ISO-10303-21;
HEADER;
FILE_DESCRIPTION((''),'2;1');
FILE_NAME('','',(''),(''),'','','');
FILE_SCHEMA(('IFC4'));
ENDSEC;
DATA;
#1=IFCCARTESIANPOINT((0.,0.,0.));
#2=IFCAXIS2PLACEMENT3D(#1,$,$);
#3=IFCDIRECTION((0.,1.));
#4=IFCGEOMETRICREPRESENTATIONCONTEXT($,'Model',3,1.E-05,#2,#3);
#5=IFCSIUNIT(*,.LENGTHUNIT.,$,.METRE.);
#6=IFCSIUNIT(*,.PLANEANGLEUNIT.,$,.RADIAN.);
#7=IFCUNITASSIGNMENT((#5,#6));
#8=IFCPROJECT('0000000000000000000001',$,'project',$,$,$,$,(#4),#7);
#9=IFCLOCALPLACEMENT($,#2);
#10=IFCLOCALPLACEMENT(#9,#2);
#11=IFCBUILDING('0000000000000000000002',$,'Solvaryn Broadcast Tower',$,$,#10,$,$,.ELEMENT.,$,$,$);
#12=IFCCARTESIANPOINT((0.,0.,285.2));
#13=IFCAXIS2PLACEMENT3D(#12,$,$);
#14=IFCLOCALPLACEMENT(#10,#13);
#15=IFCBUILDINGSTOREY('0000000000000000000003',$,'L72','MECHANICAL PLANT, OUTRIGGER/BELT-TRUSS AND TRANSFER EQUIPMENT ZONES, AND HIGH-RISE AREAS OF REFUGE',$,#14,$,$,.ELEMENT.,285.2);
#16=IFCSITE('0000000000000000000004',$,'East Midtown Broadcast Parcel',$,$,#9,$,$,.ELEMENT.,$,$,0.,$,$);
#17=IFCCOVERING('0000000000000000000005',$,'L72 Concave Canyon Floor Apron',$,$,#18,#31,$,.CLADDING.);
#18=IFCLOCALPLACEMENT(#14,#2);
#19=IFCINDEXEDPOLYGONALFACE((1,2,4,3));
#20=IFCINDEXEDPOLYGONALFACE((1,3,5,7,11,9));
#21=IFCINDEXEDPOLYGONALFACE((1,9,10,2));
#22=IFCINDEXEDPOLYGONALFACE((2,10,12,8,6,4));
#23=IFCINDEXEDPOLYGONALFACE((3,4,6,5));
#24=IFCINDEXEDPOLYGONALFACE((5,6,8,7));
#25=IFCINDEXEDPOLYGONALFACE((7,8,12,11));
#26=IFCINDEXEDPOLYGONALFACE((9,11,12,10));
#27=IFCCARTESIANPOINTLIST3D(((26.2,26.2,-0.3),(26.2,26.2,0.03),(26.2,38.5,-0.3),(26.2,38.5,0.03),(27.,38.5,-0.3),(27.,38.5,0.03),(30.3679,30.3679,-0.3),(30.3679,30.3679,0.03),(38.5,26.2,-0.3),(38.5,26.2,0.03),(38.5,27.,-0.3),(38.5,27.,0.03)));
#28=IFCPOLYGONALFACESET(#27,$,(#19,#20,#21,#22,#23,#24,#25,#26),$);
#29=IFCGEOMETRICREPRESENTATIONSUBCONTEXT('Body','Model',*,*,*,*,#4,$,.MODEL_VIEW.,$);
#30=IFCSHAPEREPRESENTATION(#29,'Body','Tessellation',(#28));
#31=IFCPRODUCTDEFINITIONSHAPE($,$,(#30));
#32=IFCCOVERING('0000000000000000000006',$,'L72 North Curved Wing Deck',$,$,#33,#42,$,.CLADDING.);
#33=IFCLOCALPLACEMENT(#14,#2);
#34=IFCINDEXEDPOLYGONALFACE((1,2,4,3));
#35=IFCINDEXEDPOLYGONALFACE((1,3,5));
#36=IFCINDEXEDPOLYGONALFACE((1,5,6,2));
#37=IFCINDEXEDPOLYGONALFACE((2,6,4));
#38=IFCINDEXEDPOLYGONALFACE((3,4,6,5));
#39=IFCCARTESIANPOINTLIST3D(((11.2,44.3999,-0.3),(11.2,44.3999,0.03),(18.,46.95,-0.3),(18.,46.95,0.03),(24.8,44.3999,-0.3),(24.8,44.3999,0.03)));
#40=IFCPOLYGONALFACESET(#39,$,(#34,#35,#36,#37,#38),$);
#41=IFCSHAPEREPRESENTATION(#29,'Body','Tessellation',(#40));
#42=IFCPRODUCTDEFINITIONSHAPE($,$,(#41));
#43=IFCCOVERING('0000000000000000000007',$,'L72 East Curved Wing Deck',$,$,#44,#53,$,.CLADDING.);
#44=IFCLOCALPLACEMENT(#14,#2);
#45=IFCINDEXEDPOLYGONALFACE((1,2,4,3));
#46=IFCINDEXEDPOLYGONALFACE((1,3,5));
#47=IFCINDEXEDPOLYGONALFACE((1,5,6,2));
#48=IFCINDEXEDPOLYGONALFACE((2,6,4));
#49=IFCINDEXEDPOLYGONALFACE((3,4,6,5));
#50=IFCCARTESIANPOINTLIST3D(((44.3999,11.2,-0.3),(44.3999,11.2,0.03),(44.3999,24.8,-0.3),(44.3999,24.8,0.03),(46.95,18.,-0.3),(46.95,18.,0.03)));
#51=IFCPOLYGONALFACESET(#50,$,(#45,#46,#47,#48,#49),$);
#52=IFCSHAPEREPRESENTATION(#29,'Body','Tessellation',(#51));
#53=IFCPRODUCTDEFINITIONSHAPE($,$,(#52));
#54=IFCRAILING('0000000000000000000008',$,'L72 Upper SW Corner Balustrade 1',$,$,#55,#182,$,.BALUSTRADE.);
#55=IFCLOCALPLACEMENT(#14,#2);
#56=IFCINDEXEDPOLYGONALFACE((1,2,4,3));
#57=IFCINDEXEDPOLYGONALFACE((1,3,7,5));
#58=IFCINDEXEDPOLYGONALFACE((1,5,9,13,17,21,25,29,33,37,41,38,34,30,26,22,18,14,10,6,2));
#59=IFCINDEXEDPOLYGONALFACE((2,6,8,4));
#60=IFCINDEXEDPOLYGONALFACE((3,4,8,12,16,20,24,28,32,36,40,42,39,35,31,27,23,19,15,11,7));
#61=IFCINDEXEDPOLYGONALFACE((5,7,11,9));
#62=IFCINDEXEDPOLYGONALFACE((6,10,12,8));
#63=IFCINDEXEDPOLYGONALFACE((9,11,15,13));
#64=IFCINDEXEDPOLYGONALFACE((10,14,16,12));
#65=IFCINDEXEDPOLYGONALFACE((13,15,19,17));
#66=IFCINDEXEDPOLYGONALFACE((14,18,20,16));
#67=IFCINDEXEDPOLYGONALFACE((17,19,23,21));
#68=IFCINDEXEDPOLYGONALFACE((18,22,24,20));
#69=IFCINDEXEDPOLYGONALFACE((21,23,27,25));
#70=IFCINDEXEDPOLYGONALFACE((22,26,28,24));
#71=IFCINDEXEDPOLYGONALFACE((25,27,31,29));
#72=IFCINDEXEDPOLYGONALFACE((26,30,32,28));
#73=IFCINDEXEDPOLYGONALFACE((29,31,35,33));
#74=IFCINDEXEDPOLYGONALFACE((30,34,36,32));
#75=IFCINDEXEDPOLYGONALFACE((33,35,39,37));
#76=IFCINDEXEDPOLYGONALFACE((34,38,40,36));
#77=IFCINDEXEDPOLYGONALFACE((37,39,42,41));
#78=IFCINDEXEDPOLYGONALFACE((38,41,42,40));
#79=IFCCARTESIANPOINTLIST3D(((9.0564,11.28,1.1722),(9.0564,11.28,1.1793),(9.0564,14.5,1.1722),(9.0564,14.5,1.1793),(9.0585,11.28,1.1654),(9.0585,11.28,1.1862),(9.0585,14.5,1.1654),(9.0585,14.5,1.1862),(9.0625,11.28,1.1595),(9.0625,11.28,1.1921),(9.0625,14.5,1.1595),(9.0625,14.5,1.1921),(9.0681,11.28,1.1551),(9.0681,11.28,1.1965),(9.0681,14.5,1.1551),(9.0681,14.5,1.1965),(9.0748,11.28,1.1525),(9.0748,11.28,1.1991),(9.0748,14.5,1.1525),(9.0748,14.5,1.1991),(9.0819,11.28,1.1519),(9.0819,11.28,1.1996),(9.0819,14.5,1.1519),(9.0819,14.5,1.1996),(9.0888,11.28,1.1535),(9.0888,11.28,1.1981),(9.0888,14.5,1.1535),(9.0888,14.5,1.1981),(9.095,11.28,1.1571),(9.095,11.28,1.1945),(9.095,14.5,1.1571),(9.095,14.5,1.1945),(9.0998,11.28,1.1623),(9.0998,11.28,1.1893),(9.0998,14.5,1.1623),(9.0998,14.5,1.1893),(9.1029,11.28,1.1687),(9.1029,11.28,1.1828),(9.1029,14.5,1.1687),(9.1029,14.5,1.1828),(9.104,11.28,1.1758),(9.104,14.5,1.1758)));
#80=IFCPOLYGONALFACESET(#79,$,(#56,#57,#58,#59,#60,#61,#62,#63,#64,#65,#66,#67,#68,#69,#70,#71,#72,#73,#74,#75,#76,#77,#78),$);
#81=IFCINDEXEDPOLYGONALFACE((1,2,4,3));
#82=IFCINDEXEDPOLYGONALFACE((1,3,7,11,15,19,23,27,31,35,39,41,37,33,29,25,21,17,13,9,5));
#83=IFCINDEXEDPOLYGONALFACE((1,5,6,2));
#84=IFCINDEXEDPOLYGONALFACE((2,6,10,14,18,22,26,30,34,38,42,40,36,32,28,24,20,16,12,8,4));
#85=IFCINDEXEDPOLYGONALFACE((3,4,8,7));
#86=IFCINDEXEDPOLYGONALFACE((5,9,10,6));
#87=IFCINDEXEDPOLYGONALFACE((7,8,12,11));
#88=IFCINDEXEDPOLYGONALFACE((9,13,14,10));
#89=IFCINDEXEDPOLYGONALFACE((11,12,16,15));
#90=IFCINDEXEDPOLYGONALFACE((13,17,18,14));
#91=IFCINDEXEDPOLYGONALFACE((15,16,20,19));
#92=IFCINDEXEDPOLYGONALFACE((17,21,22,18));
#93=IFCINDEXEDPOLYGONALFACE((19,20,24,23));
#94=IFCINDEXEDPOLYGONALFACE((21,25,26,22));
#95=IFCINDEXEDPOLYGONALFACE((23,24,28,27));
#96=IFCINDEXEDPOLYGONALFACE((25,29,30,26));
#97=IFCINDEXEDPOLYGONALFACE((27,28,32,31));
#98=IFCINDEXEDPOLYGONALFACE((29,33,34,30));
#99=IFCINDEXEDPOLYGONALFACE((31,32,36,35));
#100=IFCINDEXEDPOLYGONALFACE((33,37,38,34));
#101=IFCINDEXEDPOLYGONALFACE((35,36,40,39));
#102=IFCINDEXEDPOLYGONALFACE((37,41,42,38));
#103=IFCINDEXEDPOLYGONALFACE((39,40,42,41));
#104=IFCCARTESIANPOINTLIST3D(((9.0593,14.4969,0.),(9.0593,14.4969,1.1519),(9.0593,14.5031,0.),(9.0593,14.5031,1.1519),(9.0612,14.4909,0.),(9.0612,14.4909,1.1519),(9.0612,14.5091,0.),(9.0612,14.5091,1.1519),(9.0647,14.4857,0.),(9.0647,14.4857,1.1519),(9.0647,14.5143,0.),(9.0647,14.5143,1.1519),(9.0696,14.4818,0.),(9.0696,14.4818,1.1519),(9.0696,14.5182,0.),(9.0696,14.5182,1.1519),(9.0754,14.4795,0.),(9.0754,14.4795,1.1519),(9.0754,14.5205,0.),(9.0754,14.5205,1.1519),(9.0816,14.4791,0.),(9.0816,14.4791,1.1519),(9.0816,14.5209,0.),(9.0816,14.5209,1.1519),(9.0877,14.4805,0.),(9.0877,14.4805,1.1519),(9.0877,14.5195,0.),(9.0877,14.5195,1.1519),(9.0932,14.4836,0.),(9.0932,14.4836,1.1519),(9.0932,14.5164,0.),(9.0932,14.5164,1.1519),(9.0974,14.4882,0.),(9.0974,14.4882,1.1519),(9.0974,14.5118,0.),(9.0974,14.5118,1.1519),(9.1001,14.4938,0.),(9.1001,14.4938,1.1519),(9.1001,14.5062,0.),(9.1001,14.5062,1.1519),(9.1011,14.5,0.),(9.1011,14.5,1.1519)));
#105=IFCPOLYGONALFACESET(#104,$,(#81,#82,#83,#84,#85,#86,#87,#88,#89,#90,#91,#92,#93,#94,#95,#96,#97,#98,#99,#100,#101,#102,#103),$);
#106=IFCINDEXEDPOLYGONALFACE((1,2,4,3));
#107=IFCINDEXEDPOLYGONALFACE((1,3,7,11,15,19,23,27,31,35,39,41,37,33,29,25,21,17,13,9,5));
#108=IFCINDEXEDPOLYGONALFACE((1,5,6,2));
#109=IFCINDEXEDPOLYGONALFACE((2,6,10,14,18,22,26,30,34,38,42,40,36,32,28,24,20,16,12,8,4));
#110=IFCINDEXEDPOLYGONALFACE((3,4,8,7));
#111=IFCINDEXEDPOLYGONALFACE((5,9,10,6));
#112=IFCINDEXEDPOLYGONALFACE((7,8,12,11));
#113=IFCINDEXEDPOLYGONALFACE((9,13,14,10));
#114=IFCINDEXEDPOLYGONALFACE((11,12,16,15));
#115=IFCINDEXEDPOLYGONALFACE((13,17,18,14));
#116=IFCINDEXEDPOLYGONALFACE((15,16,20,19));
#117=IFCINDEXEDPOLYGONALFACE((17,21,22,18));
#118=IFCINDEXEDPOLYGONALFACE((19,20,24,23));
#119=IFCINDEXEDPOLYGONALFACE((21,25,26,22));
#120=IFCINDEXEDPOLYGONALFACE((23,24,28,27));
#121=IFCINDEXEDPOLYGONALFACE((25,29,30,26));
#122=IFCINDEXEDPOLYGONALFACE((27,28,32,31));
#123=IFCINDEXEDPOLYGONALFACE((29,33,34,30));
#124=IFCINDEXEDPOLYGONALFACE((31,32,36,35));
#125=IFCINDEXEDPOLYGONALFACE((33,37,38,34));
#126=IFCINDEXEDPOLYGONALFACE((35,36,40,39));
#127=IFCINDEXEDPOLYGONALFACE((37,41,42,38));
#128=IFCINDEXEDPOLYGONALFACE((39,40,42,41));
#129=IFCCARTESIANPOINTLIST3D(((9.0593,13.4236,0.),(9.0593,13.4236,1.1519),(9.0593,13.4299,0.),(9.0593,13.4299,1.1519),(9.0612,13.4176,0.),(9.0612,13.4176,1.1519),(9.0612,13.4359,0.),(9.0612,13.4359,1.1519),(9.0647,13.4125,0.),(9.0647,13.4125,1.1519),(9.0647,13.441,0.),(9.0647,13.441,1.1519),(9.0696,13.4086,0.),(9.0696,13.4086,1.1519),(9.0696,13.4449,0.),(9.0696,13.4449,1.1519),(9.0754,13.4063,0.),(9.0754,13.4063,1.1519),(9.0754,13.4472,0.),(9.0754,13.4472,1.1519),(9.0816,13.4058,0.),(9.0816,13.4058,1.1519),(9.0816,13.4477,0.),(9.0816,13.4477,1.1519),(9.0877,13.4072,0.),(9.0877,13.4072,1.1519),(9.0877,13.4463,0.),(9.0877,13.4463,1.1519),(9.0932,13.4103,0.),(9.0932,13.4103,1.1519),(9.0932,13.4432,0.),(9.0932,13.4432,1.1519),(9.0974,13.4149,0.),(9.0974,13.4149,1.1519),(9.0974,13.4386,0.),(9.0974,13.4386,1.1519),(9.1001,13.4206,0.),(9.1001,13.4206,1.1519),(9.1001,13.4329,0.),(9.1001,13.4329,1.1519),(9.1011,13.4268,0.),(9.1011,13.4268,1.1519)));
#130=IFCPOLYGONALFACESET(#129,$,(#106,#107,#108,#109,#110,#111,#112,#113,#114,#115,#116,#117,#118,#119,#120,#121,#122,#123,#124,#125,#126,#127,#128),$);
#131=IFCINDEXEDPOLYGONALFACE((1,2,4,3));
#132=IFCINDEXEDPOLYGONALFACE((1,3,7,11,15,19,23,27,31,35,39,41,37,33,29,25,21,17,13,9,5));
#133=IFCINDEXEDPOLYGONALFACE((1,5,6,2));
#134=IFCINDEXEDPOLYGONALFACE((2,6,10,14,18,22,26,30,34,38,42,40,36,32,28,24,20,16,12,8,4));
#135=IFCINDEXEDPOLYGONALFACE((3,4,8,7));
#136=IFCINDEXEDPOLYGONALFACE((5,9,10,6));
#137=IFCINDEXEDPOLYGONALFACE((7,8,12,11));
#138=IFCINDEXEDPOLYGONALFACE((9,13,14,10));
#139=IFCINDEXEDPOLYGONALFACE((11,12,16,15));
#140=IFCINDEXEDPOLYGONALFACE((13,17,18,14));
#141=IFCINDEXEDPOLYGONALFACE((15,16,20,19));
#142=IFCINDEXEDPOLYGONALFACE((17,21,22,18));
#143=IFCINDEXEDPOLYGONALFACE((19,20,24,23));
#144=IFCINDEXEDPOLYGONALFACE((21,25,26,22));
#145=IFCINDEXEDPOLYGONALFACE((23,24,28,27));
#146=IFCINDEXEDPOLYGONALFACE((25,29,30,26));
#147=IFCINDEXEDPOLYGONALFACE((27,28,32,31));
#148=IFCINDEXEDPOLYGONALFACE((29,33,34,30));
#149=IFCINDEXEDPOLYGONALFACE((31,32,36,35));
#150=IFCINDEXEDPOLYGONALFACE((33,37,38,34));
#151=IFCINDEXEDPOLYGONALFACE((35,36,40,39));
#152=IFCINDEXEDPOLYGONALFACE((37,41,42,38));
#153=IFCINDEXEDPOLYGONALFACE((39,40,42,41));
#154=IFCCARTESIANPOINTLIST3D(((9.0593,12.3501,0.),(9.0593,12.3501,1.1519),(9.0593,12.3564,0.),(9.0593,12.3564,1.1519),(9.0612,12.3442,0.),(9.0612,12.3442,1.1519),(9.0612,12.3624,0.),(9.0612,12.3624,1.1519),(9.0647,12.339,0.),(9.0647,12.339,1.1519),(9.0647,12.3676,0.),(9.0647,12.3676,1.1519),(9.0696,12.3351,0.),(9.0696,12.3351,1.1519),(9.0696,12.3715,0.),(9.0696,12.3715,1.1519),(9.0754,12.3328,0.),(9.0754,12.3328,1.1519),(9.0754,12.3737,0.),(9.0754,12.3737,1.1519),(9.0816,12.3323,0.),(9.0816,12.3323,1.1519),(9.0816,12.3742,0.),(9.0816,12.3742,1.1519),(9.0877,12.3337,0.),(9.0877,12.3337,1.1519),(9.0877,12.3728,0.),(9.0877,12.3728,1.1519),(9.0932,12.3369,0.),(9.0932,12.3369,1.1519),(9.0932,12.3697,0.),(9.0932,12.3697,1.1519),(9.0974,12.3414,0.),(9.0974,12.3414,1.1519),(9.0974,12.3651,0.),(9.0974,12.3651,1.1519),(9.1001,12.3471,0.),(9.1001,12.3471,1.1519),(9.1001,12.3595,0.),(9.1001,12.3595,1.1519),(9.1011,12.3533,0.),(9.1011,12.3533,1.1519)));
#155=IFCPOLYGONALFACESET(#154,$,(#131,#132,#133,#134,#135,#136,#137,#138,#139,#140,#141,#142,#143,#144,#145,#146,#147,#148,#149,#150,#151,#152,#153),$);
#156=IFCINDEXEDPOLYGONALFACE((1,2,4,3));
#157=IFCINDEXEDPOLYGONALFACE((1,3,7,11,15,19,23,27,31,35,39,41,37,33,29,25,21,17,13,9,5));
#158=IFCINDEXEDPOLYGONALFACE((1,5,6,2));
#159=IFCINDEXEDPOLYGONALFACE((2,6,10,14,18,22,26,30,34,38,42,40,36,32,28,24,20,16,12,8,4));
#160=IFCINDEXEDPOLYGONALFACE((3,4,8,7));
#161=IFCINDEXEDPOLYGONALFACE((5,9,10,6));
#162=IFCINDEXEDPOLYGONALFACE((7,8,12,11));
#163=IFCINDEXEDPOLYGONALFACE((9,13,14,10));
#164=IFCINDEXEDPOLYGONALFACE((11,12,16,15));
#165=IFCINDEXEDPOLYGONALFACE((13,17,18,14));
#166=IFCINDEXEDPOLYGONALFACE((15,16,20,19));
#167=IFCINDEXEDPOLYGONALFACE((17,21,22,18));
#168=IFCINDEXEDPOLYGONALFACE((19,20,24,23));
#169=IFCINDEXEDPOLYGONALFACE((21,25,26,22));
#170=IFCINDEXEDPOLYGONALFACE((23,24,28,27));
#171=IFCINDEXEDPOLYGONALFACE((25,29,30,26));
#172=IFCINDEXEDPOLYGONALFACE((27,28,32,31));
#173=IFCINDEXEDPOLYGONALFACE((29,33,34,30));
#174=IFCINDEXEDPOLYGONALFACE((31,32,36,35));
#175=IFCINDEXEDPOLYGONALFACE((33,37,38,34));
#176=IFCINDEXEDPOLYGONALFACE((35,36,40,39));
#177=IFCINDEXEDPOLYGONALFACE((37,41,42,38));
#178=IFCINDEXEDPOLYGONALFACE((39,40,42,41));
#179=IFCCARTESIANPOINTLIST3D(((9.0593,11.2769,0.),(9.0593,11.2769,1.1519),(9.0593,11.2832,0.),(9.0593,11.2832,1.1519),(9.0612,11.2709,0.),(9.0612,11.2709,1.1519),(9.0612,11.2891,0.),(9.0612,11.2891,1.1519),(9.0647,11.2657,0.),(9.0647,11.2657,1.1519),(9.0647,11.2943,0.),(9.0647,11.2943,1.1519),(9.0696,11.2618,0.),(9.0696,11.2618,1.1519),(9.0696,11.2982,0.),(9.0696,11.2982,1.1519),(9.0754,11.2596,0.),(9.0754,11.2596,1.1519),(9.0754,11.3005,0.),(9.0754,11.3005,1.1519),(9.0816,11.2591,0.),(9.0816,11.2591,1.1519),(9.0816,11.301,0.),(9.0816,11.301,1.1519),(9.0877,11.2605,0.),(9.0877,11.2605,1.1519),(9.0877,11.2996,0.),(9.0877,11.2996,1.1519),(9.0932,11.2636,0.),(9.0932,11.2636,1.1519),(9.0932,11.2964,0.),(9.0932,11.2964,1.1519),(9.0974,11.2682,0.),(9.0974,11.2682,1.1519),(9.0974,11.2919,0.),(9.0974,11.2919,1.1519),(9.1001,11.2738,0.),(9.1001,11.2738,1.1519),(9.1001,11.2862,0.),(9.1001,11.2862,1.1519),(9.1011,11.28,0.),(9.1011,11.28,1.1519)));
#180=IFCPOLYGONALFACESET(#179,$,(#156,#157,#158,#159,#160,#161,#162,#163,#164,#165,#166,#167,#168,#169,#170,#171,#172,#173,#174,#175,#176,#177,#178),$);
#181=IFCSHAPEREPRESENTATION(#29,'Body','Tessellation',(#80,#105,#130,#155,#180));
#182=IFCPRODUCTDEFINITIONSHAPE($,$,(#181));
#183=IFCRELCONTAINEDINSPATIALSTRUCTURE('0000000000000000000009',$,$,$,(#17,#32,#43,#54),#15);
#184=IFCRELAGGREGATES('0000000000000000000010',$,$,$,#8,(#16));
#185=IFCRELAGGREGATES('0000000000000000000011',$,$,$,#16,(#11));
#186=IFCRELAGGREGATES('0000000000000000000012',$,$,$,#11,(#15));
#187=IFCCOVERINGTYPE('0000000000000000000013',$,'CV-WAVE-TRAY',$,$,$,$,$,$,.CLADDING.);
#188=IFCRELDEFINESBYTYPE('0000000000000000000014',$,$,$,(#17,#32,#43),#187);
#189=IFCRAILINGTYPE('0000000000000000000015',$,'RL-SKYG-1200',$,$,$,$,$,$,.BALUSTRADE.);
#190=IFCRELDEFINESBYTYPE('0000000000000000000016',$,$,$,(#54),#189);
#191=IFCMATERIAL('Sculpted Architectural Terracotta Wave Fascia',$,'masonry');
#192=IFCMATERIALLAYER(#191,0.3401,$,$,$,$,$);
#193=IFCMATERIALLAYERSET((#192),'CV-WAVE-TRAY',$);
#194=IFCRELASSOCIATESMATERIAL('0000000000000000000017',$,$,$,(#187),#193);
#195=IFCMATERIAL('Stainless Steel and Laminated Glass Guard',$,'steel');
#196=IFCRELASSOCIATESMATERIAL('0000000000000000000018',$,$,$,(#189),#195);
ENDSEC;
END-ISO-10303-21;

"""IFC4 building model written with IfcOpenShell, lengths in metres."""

from ifc_helpers import new_model, si_unit, direction, frame, origin, origin_2d, place, context, subcontext, project, spatial, polyline, circle, outline, extrude, material, layer, layer_set, type_object, element, save


model = new_model("IFC4")

# Units and contexts
model_context = context("Model", 3, precision=1e-05, world=origin(), true_north=direction((0.0, 1.0)))
body_context = subcontext(model_context, "Body", "Model", "MODEL_VIEW")
ifc_project = project(units=[si_unit("LENGTHUNIT", "METRE"), si_unit("PLANEANGLEUNIT", "RADIAN")], contexts=[model_context])

# Site, building, storey
site_placement = place(None, origin())
site = spatial("IfcSite", under=ifc_project, at=site_placement, Name="East Midtown Broadcast Parcel", CompositionType="ELEMENT", RefElevation=0.0)
building_placement = place(site_placement, origin())
building = spatial("IfcBuilding", under=site, at=building_placement, Name="Solvaryn Broadcast Tower", CompositionType="ELEMENT")
storey_placement = place(building_placement, frame((0.0, 0.0, 285.2)))
storey = spatial("IfcBuildingStorey", under=building, at=storey_placement, Name="L72", Description="MECHANICAL PLANT, OUTRIGGER/BELT-TRUSS AND TRANSFER EQUIPMENT ZONES, AND HIGH-RISE AREAS OF REFUGE", CompositionType="ELEMENT", Elevation=285.2)

# Coverings
ifc_material_1 = material(Name="Sculpted Architectural Terracotta Wave Fascia", Category="masonry")
ifc_layer_1 = layer(ifc_material_1, 0.3401)
ifc_layer_set_1 = layer_set([ifc_layer_1], Name="CV-WAVE-TRAY")
covering_type = type_object("IfcCoveringType", Name="CV-WAVE-TRAY", PredefinedType="CLADDING", material=ifc_layer_set_1)
covering_1_placement = place(storey_placement, frame((0.0, 0.0, -0.3)))
element("IfcCovering", 1, at=covering_1_placement, inside=storey, type_object=covering_type, Name="L72 Concave Canyon Floor Apron", PredefinedType="CLADDING", context=body_context, shape_type="SweptSolid", body=[
    extrude(outline(polyline([(26.2, 26.2), (38.5, 26.2), (38.5, 27.0), (30.3679, 30.3679), (27.0, 38.5), (26.2, 38.5), (26.2, 26.2)])), origin(), (0.0, 0.0, 1.0), 0.3301),
])
covering_2_placement = place(storey_placement, frame((0.0, 0.0, -0.3)))
element("IfcCovering", 2, at=covering_2_placement, inside=storey, type_object=covering_type, Name="L72 North Curved Wing Deck", PredefinedType="CLADDING", context=body_context, shape_type="SweptSolid", body=[
    extrude(outline(polyline([(11.2, 44.3999), (24.8, 44.3999), (18.0, 46.95), (11.2, 44.3999)])), origin(), (0.0, 0.0, 1.0), 0.3301),
])
covering_3_placement = place(storey_placement, frame((0.0, 0.0, -0.3)))
element("IfcCovering", 3, at=covering_3_placement, inside=storey, type_object=covering_type, Name="L72 East Curved Wing Deck", PredefinedType="CLADDING", context=body_context, shape_type="SweptSolid", body=[
    extrude(outline(polyline([(44.3999, 11.2), (46.95, 18.0), (44.3999, 24.8), (44.3999, 11.2)])), origin(), (0.0, 0.0, 1.0), 0.3301),
])

# Railing
ifc_material_2 = material(Name="Stainless Steel and Laminated Glass Guard", Category="steel")
railing_type = type_object("IfcRailingType", Name="RL-SKYG-1200", PredefinedType="BALUSTRADE", material=ifc_material_2)
railing_1_placement = place(storey_placement, frame((9.0801, 14.5, 0.0)))
element("IfcRailing", 4, at=railing_1_placement, inside=storey, type_object=railing_type, Name="L72 Upper SW Corner Balustrade 1", PredefinedType="BALUSTRADE", context=body_context, shape_type="SweptSolid", body=[
    extrude(circle(Radius=0.0239, at=origin_2d()), frame((0.0, 0.0, 1.1758), z_axis=(0.0, -1.0, 0.0), x_axis=(1.0, 0.0, 0.0)), (0.0, 0.0, 1.0), 3.22),
    extrude(circle(Radius=0.021, at=origin_2d()), origin(), (0.0, 0.0, 1.0), 1.1519),
    extrude(circle(Radius=0.021, at=origin_2d()), frame((0.0, -1.0732, 0.0)), (0.0, 0.0, 1.0), 1.1519),
    extrude(circle(Radius=0.021, at=origin_2d()), frame((0.0, -2.1467, 0.0)), (0.0, 0.0, 1.0), 1.1519),
    extrude(circle(Radius=0.021, at=origin_2d()), frame((0.0, -3.22, 0.0)), (0.0, 0.0, 1.0), 1.1519),
])

save(model, "model.ifc")
